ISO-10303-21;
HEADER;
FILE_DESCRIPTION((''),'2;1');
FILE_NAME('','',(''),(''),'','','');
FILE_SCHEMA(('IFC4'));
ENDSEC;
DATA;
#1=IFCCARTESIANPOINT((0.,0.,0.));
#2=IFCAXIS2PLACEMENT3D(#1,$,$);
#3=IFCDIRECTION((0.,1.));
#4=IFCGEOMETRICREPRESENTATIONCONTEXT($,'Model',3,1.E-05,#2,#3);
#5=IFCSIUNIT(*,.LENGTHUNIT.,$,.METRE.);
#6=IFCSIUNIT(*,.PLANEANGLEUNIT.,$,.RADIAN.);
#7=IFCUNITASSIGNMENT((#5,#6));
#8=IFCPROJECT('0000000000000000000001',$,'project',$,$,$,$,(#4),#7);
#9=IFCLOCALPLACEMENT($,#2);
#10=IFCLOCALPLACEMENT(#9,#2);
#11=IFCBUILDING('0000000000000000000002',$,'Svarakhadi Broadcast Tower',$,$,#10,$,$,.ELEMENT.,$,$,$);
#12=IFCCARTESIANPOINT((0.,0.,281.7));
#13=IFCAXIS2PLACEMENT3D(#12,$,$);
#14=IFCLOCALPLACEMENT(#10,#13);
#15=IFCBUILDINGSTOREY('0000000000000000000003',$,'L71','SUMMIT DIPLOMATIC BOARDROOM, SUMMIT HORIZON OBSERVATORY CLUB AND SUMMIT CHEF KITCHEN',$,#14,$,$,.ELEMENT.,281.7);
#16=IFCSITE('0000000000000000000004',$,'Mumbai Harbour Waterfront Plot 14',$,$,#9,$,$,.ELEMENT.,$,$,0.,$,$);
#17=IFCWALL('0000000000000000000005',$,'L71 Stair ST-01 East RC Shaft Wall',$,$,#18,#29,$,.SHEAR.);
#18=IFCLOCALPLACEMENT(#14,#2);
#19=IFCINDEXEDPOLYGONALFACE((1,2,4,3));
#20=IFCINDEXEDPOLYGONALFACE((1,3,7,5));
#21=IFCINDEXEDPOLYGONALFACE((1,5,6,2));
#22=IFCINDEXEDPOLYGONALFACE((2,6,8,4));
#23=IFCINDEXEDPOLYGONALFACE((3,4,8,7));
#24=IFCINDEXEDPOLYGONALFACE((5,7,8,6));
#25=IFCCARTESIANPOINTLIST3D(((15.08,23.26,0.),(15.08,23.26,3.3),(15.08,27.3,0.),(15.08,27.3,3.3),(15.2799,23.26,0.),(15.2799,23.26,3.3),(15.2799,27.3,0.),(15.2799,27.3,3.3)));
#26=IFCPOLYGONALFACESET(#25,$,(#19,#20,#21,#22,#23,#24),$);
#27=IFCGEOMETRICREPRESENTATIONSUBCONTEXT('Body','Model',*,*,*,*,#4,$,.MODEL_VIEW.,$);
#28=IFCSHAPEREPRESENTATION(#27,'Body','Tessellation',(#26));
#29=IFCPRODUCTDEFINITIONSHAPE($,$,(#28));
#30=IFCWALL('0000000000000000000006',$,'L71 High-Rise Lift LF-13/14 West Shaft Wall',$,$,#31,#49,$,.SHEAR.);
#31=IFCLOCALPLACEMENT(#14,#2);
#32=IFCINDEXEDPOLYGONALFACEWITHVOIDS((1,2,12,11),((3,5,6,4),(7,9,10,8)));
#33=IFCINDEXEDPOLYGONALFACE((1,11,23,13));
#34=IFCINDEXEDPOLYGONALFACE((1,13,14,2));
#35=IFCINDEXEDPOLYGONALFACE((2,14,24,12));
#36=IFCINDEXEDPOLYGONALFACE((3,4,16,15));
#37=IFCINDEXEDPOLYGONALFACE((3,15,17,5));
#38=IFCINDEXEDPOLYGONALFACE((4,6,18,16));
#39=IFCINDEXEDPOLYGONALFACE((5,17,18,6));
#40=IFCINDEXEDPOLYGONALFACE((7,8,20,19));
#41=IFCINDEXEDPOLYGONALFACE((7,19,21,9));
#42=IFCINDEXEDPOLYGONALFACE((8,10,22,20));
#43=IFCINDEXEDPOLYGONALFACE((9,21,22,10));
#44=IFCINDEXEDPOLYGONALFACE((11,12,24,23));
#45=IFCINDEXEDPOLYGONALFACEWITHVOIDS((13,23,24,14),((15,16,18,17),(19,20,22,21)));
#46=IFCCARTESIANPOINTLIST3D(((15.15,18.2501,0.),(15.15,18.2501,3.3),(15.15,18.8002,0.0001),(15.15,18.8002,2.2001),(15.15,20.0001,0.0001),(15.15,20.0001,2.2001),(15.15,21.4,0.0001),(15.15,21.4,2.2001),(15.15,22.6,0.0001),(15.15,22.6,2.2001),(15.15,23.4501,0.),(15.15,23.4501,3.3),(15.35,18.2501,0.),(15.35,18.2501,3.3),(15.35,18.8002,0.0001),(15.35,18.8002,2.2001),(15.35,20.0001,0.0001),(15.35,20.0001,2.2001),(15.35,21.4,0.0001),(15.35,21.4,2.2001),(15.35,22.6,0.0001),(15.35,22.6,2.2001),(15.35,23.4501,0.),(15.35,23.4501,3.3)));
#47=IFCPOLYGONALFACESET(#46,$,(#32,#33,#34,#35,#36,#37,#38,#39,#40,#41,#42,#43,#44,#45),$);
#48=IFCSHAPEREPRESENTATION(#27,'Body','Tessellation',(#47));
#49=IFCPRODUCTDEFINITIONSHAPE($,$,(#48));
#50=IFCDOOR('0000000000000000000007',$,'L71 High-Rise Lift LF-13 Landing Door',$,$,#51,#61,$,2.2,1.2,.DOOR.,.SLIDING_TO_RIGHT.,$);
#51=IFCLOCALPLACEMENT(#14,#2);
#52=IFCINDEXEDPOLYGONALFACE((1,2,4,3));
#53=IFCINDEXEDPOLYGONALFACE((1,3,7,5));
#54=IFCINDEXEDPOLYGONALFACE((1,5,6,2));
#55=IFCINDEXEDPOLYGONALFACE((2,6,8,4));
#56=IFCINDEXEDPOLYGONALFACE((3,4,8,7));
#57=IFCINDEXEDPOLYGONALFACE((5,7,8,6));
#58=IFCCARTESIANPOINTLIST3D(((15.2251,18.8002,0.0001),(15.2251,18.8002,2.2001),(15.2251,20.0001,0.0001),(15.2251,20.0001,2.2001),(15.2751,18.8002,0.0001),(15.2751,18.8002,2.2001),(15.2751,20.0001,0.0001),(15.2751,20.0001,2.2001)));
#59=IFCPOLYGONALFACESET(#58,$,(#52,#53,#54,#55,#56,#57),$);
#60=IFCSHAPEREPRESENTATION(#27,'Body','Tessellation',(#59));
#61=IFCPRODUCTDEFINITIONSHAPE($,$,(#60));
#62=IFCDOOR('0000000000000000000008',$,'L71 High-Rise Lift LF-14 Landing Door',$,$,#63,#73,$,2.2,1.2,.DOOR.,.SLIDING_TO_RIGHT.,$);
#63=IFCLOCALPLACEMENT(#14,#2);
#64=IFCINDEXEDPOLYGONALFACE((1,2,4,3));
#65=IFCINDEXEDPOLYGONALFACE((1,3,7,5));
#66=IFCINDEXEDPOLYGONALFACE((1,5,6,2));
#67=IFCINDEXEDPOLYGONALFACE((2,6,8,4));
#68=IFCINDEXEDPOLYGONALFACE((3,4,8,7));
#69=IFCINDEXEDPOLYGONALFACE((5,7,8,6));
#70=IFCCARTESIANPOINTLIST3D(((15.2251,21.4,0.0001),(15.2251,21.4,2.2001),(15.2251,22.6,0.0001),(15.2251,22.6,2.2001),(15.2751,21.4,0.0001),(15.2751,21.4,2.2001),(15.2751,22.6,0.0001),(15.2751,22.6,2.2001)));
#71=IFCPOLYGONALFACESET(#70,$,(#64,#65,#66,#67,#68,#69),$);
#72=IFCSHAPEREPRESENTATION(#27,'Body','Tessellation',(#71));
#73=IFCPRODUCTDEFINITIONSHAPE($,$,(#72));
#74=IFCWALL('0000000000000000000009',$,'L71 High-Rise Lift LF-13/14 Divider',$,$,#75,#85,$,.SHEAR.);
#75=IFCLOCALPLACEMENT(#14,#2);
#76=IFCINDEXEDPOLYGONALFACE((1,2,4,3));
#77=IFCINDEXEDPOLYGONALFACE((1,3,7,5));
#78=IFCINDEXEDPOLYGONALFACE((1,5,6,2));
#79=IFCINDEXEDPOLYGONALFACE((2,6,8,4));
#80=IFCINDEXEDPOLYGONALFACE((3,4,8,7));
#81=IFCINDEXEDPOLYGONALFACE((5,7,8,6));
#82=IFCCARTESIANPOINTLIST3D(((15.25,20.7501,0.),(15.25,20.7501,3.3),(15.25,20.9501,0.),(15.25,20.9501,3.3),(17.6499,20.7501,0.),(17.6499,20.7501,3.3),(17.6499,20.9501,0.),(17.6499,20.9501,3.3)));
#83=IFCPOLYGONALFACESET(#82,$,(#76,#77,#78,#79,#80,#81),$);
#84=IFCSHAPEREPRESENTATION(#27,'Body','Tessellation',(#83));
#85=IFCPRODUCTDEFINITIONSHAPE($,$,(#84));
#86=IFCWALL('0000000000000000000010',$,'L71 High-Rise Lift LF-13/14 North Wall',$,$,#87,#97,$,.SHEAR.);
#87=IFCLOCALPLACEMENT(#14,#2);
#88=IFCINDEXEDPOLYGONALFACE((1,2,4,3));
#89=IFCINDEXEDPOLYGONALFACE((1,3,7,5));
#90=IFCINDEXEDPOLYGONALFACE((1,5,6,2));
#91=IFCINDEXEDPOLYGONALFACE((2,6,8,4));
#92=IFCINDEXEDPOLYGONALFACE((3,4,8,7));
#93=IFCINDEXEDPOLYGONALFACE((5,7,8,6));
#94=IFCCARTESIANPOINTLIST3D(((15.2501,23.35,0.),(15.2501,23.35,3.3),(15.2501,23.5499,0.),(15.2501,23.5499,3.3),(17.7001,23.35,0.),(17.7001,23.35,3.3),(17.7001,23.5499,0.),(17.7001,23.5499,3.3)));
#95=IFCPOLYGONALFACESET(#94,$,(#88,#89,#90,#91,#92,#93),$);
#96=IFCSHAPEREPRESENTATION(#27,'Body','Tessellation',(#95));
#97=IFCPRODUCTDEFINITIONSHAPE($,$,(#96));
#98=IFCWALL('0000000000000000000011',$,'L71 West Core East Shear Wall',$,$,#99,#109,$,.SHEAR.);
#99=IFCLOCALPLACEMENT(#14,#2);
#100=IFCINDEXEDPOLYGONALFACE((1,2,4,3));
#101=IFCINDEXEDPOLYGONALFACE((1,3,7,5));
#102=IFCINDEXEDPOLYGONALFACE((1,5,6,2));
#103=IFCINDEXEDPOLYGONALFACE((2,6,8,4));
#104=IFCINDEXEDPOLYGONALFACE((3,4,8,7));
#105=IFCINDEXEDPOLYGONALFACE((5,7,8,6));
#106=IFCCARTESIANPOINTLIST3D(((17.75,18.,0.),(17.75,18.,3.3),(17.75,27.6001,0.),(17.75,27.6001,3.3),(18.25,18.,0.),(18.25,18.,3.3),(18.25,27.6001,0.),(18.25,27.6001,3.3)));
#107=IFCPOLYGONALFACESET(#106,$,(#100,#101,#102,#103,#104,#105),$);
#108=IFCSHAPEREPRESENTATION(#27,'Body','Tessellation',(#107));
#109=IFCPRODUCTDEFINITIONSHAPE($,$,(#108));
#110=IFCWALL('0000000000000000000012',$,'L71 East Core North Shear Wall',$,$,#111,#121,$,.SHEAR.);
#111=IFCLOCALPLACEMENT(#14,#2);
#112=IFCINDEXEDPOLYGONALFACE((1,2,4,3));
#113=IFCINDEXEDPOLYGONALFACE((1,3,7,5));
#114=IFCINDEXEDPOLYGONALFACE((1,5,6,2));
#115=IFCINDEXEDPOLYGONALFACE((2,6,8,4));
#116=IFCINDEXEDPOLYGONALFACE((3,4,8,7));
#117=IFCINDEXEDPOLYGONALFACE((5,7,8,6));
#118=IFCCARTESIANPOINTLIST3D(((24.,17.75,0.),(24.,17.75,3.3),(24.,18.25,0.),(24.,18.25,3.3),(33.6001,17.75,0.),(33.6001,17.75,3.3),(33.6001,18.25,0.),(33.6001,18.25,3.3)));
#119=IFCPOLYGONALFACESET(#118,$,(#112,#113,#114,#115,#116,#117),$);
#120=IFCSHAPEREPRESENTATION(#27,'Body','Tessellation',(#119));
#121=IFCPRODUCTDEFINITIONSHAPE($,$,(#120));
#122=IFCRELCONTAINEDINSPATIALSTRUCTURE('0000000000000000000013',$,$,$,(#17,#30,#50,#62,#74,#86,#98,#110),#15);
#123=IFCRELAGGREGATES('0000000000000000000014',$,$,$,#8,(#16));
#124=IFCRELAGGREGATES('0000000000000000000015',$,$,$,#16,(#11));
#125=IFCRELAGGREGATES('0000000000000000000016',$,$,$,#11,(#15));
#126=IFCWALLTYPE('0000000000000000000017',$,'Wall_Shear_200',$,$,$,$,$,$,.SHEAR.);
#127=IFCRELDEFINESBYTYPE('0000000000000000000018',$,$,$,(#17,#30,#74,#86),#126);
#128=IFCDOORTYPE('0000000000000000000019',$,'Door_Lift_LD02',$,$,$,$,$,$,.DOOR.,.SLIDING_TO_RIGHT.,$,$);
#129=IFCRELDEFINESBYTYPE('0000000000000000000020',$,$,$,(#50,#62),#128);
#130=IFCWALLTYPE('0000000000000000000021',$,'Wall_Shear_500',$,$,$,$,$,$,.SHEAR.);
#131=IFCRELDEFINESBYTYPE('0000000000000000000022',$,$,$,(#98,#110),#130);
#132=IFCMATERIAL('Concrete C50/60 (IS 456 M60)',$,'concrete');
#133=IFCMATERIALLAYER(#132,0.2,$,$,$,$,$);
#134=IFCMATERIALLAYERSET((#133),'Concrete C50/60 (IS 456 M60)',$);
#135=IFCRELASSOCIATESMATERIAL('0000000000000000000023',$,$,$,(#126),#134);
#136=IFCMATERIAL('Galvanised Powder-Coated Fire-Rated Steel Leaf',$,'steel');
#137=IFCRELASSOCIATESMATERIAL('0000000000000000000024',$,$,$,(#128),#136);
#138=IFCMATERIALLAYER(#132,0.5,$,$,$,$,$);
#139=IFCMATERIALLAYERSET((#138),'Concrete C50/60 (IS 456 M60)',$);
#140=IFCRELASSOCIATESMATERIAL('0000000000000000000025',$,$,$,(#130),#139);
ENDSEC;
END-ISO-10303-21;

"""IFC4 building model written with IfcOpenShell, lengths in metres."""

from ifc_helpers import new_model, si_unit, direction, frame, frame_2d, origin, place, context, subcontext, project, spatial, rectangle, extrude, material, layer, layer_set, type_object, element, fill, save


model = new_model("IFC4")

# Units and contexts
model_context = context("Model", 3, precision=1e-05, world=origin(), true_north=direction((0.0, 1.0)))
body_context = subcontext(model_context, "Body", "Model", "MODEL_VIEW")
ifc_project = project(units=[si_unit("LENGTHUNIT", "METRE"), si_unit("PLANEANGLEUNIT", "RADIAN")], contexts=[model_context])

# Site, building, storey
site_placement = place(None, origin())
site = spatial("IfcSite", under=ifc_project, at=site_placement, Name="Mumbai Harbour Waterfront Plot 14", CompositionType="ELEMENT", RefElevation=0.0)
building_placement = place(site_placement, origin())
building = spatial("IfcBuilding", under=site, at=building_placement, Name="Svarakhadi Broadcast Tower", CompositionType="ELEMENT")
storey_placement = place(building_placement, frame((0.0, 0.0, 281.7)))
storey = spatial("IfcBuildingStorey", under=building, at=storey_placement, Name="L71", Description="SUMMIT DIPLOMATIC BOARDROOM, SUMMIT HORIZON OBSERVATORY CLUB AND SUMMIT CHEF KITCHEN", CompositionType="ELEMENT", Elevation=281.7)

# Shared definitions
ifc_material_1 = material(Name="Concrete C50/60 (IS 456 M60)", Category="concrete")

# Shared definitions
ifc_material_2 = material(Name="Galvanised Powder-Coated Fire-Rated Steel Leaf", Category="steel")

# Wall
ifc_layer_1 = layer(ifc_material_1, 0.2)
ifc_layer_set_1 = layer_set([ifc_layer_1], Name="Concrete C50/60 (IS 456 M60)")
wall_type_1 = type_object("IfcWallType", Name="Wall_Shear_200", PredefinedType="SHEAR", material=ifc_layer_set_1)
wall_1_placement = place(storey_placement, frame((15.1799, 23.26, 0.0), z_axis=(0.0, 0.0, 1.0), x_axis=(0.0, 1.0, 0.0)))
element("IfcWall", 1, at=wall_1_placement, inside=storey, type_object=wall_type_1, Name="L71 Stair ST-01 East RC Shaft Wall", PredefinedType="SHEAR", context=body_context, shape_type="SweptSolid", body=[
    extrude(rectangle(XDim=4.04, YDim=0.2, at=frame_2d((2.02, 0.0))), origin(), (0.0, 0.0, 1.0), 3.3),
])

# Wall, openings, doors
wall_2_placement = place(storey_placement, frame((15.25, 18.25, 0.0), z_axis=(0.0, 0.0, 1.0), x_axis=(0.0, 1.0, 0.0)))
wall_2 = element("IfcWall", 2, at=wall_2_placement, inside=storey, type_object=wall_type_1, Name="L71 High-Rise Lift LF-13/14 West Shaft Wall", PredefinedType="SHEAR", context=body_context, shape_type="SweptSolid", body=[
    extrude(rectangle(XDim=5.2, YDim=0.2, at=frame_2d((2.6001, 0.0))), origin(), (0.0, 0.0, 1.0), 3.3),
])
opening_1_placement = place(wall_2_placement, frame((0.55, 0.0, 0.0)))
opening_1 = element("IfcOpeningElement", 3, at=opening_1_placement, cuts=wall_2, PredefinedType="OPENING", context=body_context, shape_type="SweptSolid", body=[
    extrude(rectangle(XDim=1.2, YDim=2.2, at=frame_2d((0.6001, 1.1001))), frame((0.0, 0.1099, 0.0), z_axis=(0.0, -1.0, 0.0), x_axis=(1.0, 0.0, 0.0)), (0.0, 0.0, 1.0), 0.22),
])
opening_2_placement = place(wall_2_placement, frame((3.1499, 0.0, 0.0)))
opening_2 = element("IfcOpeningElement", 4, at=opening_2_placement, cuts=wall_2, PredefinedType="OPENING", context=body_context, shape_type="SweptSolid", body=[
    extrude(rectangle(XDim=1.2, YDim=2.2, at=frame_2d((0.6001, 1.1001))), frame((0.0, 0.1099, 0.0), z_axis=(0.0, -1.0, 0.0), x_axis=(1.0, 0.0, 0.0)), (0.0, 0.0, 1.0), 0.22),
])
door_type_1 = type_object("IfcDoorType", Name="Door_Lift_LD02", OperationType="SLIDING_TO_RIGHT", PredefinedType="DOOR", material=ifc_material_2)
door_1_placement = place(opening_1_placement, origin())
door_1 = element("IfcDoor", 5, at=door_1_placement, inside=storey, type_object=door_type_1, Name="L71 High-Rise Lift LF-13 Landing Door", OperationType="SLIDING_TO_RIGHT", OverallHeight=2.2, OverallWidth=1.2, PredefinedType="DOOR", context=body_context, shape_type="SweptSolid", body=[
    extrude(rectangle(XDim=1.2, YDim=2.2, at=frame_2d((0.6001, 1.1001))), frame((0.0, 0.0249, 0.0), z_axis=(0.0, -1.0, 0.0), x_axis=(1.0, 0.0, 0.0)), (0.0, 0.0, 1.0), 0.05),
])
fill(opening_1, door_1)
door_2_placement = place(opening_2_placement, origin())
door_2 = element("IfcDoor", 6, at=door_2_placement, inside=storey, type_object=door_type_1, Name="L71 High-Rise Lift LF-14 Landing Door", OperationType="SLIDING_TO_RIGHT", OverallHeight=2.2, OverallWidth=1.2, PredefinedType="DOOR", context=body_context, shape_type="SweptSolid", body=[
    extrude(rectangle(XDim=1.2, YDim=2.2, at=frame_2d((0.6001, 1.1001))), frame((0.0, 0.0249, 0.0), z_axis=(0.0, -1.0, 0.0), x_axis=(1.0, 0.0, 0.0)), (0.0, 0.0, 1.0), 0.05),
])
fill(opening_2, door_2)

# Walls
wall_3_placement = place(storey_placement, frame((15.25, 20.8501, 0.0), z_axis=(0.0, 0.0, 1.0), x_axis=(1.0, 0.0, 0.0)))
element("IfcWall", 7, at=wall_3_placement, inside=storey, type_object=wall_type_1, Name="L71 High-Rise Lift LF-13/14 Divider", PredefinedType="SHEAR", context=body_context, shape_type="SweptSolid", body=[
    extrude(rectangle(XDim=2.3999, YDim=0.2, at=frame_2d((1.2, 0.0))), origin(), (0.0, 0.0, 1.0), 3.3),
])
wall_4_placement = place(storey_placement, frame((15.25, 23.45, 0.0), z_axis=(0.0, 0.0, 1.0), x_axis=(1.0, 0.0, 0.0)))
element("IfcWall", 8, at=wall_4_placement, inside=storey, type_object=wall_type_1, Name="L71 High-Rise Lift LF-13/14 North Wall", PredefinedType="SHEAR", context=body_context, shape_type="SweptSolid", body=[
    extrude(rectangle(XDim=2.45, YDim=0.2, at=frame_2d((1.2251, 0.0))), origin(), (0.0, 0.0, 1.0), 3.3),
])
ifc_layer_2 = layer(ifc_material_1, 0.5)
ifc_layer_set_2 = layer_set([ifc_layer_2], Name="Concrete C50/60 (IS 456 M60)")
wall_type_2 = type_object("IfcWallType", Name="Wall_Shear_500", PredefinedType="SHEAR", material=ifc_layer_set_2)
for number, where, z_axis, x_axis, name in (
    (9, (18.0, 18.0, 0.0), (0.0, 0.0, 1.0), (0.0, 1.0, 0.0), "L71 West Core East Shear Wall"),
    (10, (24.0, 18.0, 0.0), (0.0, 0.0, 1.0), (1.0, 0.0, 0.0), "L71 East Core North Shear Wall"),
):
    element("IfcWall", number, at=place(storey_placement, frame(where, z_axis=z_axis, x_axis=x_axis)), inside=storey, type_object=wall_type_2, Name=name, PredefinedType="SHEAR", context=body_context, shape_type="SweptSolid", body=[
        extrude(rectangle(XDim=9.6001, YDim=0.5, at=frame_2d((4.8, 0.0))), origin(), (0.0, 0.0, 1.0), 3.3),
    ])

save(model, "model.ifc")
